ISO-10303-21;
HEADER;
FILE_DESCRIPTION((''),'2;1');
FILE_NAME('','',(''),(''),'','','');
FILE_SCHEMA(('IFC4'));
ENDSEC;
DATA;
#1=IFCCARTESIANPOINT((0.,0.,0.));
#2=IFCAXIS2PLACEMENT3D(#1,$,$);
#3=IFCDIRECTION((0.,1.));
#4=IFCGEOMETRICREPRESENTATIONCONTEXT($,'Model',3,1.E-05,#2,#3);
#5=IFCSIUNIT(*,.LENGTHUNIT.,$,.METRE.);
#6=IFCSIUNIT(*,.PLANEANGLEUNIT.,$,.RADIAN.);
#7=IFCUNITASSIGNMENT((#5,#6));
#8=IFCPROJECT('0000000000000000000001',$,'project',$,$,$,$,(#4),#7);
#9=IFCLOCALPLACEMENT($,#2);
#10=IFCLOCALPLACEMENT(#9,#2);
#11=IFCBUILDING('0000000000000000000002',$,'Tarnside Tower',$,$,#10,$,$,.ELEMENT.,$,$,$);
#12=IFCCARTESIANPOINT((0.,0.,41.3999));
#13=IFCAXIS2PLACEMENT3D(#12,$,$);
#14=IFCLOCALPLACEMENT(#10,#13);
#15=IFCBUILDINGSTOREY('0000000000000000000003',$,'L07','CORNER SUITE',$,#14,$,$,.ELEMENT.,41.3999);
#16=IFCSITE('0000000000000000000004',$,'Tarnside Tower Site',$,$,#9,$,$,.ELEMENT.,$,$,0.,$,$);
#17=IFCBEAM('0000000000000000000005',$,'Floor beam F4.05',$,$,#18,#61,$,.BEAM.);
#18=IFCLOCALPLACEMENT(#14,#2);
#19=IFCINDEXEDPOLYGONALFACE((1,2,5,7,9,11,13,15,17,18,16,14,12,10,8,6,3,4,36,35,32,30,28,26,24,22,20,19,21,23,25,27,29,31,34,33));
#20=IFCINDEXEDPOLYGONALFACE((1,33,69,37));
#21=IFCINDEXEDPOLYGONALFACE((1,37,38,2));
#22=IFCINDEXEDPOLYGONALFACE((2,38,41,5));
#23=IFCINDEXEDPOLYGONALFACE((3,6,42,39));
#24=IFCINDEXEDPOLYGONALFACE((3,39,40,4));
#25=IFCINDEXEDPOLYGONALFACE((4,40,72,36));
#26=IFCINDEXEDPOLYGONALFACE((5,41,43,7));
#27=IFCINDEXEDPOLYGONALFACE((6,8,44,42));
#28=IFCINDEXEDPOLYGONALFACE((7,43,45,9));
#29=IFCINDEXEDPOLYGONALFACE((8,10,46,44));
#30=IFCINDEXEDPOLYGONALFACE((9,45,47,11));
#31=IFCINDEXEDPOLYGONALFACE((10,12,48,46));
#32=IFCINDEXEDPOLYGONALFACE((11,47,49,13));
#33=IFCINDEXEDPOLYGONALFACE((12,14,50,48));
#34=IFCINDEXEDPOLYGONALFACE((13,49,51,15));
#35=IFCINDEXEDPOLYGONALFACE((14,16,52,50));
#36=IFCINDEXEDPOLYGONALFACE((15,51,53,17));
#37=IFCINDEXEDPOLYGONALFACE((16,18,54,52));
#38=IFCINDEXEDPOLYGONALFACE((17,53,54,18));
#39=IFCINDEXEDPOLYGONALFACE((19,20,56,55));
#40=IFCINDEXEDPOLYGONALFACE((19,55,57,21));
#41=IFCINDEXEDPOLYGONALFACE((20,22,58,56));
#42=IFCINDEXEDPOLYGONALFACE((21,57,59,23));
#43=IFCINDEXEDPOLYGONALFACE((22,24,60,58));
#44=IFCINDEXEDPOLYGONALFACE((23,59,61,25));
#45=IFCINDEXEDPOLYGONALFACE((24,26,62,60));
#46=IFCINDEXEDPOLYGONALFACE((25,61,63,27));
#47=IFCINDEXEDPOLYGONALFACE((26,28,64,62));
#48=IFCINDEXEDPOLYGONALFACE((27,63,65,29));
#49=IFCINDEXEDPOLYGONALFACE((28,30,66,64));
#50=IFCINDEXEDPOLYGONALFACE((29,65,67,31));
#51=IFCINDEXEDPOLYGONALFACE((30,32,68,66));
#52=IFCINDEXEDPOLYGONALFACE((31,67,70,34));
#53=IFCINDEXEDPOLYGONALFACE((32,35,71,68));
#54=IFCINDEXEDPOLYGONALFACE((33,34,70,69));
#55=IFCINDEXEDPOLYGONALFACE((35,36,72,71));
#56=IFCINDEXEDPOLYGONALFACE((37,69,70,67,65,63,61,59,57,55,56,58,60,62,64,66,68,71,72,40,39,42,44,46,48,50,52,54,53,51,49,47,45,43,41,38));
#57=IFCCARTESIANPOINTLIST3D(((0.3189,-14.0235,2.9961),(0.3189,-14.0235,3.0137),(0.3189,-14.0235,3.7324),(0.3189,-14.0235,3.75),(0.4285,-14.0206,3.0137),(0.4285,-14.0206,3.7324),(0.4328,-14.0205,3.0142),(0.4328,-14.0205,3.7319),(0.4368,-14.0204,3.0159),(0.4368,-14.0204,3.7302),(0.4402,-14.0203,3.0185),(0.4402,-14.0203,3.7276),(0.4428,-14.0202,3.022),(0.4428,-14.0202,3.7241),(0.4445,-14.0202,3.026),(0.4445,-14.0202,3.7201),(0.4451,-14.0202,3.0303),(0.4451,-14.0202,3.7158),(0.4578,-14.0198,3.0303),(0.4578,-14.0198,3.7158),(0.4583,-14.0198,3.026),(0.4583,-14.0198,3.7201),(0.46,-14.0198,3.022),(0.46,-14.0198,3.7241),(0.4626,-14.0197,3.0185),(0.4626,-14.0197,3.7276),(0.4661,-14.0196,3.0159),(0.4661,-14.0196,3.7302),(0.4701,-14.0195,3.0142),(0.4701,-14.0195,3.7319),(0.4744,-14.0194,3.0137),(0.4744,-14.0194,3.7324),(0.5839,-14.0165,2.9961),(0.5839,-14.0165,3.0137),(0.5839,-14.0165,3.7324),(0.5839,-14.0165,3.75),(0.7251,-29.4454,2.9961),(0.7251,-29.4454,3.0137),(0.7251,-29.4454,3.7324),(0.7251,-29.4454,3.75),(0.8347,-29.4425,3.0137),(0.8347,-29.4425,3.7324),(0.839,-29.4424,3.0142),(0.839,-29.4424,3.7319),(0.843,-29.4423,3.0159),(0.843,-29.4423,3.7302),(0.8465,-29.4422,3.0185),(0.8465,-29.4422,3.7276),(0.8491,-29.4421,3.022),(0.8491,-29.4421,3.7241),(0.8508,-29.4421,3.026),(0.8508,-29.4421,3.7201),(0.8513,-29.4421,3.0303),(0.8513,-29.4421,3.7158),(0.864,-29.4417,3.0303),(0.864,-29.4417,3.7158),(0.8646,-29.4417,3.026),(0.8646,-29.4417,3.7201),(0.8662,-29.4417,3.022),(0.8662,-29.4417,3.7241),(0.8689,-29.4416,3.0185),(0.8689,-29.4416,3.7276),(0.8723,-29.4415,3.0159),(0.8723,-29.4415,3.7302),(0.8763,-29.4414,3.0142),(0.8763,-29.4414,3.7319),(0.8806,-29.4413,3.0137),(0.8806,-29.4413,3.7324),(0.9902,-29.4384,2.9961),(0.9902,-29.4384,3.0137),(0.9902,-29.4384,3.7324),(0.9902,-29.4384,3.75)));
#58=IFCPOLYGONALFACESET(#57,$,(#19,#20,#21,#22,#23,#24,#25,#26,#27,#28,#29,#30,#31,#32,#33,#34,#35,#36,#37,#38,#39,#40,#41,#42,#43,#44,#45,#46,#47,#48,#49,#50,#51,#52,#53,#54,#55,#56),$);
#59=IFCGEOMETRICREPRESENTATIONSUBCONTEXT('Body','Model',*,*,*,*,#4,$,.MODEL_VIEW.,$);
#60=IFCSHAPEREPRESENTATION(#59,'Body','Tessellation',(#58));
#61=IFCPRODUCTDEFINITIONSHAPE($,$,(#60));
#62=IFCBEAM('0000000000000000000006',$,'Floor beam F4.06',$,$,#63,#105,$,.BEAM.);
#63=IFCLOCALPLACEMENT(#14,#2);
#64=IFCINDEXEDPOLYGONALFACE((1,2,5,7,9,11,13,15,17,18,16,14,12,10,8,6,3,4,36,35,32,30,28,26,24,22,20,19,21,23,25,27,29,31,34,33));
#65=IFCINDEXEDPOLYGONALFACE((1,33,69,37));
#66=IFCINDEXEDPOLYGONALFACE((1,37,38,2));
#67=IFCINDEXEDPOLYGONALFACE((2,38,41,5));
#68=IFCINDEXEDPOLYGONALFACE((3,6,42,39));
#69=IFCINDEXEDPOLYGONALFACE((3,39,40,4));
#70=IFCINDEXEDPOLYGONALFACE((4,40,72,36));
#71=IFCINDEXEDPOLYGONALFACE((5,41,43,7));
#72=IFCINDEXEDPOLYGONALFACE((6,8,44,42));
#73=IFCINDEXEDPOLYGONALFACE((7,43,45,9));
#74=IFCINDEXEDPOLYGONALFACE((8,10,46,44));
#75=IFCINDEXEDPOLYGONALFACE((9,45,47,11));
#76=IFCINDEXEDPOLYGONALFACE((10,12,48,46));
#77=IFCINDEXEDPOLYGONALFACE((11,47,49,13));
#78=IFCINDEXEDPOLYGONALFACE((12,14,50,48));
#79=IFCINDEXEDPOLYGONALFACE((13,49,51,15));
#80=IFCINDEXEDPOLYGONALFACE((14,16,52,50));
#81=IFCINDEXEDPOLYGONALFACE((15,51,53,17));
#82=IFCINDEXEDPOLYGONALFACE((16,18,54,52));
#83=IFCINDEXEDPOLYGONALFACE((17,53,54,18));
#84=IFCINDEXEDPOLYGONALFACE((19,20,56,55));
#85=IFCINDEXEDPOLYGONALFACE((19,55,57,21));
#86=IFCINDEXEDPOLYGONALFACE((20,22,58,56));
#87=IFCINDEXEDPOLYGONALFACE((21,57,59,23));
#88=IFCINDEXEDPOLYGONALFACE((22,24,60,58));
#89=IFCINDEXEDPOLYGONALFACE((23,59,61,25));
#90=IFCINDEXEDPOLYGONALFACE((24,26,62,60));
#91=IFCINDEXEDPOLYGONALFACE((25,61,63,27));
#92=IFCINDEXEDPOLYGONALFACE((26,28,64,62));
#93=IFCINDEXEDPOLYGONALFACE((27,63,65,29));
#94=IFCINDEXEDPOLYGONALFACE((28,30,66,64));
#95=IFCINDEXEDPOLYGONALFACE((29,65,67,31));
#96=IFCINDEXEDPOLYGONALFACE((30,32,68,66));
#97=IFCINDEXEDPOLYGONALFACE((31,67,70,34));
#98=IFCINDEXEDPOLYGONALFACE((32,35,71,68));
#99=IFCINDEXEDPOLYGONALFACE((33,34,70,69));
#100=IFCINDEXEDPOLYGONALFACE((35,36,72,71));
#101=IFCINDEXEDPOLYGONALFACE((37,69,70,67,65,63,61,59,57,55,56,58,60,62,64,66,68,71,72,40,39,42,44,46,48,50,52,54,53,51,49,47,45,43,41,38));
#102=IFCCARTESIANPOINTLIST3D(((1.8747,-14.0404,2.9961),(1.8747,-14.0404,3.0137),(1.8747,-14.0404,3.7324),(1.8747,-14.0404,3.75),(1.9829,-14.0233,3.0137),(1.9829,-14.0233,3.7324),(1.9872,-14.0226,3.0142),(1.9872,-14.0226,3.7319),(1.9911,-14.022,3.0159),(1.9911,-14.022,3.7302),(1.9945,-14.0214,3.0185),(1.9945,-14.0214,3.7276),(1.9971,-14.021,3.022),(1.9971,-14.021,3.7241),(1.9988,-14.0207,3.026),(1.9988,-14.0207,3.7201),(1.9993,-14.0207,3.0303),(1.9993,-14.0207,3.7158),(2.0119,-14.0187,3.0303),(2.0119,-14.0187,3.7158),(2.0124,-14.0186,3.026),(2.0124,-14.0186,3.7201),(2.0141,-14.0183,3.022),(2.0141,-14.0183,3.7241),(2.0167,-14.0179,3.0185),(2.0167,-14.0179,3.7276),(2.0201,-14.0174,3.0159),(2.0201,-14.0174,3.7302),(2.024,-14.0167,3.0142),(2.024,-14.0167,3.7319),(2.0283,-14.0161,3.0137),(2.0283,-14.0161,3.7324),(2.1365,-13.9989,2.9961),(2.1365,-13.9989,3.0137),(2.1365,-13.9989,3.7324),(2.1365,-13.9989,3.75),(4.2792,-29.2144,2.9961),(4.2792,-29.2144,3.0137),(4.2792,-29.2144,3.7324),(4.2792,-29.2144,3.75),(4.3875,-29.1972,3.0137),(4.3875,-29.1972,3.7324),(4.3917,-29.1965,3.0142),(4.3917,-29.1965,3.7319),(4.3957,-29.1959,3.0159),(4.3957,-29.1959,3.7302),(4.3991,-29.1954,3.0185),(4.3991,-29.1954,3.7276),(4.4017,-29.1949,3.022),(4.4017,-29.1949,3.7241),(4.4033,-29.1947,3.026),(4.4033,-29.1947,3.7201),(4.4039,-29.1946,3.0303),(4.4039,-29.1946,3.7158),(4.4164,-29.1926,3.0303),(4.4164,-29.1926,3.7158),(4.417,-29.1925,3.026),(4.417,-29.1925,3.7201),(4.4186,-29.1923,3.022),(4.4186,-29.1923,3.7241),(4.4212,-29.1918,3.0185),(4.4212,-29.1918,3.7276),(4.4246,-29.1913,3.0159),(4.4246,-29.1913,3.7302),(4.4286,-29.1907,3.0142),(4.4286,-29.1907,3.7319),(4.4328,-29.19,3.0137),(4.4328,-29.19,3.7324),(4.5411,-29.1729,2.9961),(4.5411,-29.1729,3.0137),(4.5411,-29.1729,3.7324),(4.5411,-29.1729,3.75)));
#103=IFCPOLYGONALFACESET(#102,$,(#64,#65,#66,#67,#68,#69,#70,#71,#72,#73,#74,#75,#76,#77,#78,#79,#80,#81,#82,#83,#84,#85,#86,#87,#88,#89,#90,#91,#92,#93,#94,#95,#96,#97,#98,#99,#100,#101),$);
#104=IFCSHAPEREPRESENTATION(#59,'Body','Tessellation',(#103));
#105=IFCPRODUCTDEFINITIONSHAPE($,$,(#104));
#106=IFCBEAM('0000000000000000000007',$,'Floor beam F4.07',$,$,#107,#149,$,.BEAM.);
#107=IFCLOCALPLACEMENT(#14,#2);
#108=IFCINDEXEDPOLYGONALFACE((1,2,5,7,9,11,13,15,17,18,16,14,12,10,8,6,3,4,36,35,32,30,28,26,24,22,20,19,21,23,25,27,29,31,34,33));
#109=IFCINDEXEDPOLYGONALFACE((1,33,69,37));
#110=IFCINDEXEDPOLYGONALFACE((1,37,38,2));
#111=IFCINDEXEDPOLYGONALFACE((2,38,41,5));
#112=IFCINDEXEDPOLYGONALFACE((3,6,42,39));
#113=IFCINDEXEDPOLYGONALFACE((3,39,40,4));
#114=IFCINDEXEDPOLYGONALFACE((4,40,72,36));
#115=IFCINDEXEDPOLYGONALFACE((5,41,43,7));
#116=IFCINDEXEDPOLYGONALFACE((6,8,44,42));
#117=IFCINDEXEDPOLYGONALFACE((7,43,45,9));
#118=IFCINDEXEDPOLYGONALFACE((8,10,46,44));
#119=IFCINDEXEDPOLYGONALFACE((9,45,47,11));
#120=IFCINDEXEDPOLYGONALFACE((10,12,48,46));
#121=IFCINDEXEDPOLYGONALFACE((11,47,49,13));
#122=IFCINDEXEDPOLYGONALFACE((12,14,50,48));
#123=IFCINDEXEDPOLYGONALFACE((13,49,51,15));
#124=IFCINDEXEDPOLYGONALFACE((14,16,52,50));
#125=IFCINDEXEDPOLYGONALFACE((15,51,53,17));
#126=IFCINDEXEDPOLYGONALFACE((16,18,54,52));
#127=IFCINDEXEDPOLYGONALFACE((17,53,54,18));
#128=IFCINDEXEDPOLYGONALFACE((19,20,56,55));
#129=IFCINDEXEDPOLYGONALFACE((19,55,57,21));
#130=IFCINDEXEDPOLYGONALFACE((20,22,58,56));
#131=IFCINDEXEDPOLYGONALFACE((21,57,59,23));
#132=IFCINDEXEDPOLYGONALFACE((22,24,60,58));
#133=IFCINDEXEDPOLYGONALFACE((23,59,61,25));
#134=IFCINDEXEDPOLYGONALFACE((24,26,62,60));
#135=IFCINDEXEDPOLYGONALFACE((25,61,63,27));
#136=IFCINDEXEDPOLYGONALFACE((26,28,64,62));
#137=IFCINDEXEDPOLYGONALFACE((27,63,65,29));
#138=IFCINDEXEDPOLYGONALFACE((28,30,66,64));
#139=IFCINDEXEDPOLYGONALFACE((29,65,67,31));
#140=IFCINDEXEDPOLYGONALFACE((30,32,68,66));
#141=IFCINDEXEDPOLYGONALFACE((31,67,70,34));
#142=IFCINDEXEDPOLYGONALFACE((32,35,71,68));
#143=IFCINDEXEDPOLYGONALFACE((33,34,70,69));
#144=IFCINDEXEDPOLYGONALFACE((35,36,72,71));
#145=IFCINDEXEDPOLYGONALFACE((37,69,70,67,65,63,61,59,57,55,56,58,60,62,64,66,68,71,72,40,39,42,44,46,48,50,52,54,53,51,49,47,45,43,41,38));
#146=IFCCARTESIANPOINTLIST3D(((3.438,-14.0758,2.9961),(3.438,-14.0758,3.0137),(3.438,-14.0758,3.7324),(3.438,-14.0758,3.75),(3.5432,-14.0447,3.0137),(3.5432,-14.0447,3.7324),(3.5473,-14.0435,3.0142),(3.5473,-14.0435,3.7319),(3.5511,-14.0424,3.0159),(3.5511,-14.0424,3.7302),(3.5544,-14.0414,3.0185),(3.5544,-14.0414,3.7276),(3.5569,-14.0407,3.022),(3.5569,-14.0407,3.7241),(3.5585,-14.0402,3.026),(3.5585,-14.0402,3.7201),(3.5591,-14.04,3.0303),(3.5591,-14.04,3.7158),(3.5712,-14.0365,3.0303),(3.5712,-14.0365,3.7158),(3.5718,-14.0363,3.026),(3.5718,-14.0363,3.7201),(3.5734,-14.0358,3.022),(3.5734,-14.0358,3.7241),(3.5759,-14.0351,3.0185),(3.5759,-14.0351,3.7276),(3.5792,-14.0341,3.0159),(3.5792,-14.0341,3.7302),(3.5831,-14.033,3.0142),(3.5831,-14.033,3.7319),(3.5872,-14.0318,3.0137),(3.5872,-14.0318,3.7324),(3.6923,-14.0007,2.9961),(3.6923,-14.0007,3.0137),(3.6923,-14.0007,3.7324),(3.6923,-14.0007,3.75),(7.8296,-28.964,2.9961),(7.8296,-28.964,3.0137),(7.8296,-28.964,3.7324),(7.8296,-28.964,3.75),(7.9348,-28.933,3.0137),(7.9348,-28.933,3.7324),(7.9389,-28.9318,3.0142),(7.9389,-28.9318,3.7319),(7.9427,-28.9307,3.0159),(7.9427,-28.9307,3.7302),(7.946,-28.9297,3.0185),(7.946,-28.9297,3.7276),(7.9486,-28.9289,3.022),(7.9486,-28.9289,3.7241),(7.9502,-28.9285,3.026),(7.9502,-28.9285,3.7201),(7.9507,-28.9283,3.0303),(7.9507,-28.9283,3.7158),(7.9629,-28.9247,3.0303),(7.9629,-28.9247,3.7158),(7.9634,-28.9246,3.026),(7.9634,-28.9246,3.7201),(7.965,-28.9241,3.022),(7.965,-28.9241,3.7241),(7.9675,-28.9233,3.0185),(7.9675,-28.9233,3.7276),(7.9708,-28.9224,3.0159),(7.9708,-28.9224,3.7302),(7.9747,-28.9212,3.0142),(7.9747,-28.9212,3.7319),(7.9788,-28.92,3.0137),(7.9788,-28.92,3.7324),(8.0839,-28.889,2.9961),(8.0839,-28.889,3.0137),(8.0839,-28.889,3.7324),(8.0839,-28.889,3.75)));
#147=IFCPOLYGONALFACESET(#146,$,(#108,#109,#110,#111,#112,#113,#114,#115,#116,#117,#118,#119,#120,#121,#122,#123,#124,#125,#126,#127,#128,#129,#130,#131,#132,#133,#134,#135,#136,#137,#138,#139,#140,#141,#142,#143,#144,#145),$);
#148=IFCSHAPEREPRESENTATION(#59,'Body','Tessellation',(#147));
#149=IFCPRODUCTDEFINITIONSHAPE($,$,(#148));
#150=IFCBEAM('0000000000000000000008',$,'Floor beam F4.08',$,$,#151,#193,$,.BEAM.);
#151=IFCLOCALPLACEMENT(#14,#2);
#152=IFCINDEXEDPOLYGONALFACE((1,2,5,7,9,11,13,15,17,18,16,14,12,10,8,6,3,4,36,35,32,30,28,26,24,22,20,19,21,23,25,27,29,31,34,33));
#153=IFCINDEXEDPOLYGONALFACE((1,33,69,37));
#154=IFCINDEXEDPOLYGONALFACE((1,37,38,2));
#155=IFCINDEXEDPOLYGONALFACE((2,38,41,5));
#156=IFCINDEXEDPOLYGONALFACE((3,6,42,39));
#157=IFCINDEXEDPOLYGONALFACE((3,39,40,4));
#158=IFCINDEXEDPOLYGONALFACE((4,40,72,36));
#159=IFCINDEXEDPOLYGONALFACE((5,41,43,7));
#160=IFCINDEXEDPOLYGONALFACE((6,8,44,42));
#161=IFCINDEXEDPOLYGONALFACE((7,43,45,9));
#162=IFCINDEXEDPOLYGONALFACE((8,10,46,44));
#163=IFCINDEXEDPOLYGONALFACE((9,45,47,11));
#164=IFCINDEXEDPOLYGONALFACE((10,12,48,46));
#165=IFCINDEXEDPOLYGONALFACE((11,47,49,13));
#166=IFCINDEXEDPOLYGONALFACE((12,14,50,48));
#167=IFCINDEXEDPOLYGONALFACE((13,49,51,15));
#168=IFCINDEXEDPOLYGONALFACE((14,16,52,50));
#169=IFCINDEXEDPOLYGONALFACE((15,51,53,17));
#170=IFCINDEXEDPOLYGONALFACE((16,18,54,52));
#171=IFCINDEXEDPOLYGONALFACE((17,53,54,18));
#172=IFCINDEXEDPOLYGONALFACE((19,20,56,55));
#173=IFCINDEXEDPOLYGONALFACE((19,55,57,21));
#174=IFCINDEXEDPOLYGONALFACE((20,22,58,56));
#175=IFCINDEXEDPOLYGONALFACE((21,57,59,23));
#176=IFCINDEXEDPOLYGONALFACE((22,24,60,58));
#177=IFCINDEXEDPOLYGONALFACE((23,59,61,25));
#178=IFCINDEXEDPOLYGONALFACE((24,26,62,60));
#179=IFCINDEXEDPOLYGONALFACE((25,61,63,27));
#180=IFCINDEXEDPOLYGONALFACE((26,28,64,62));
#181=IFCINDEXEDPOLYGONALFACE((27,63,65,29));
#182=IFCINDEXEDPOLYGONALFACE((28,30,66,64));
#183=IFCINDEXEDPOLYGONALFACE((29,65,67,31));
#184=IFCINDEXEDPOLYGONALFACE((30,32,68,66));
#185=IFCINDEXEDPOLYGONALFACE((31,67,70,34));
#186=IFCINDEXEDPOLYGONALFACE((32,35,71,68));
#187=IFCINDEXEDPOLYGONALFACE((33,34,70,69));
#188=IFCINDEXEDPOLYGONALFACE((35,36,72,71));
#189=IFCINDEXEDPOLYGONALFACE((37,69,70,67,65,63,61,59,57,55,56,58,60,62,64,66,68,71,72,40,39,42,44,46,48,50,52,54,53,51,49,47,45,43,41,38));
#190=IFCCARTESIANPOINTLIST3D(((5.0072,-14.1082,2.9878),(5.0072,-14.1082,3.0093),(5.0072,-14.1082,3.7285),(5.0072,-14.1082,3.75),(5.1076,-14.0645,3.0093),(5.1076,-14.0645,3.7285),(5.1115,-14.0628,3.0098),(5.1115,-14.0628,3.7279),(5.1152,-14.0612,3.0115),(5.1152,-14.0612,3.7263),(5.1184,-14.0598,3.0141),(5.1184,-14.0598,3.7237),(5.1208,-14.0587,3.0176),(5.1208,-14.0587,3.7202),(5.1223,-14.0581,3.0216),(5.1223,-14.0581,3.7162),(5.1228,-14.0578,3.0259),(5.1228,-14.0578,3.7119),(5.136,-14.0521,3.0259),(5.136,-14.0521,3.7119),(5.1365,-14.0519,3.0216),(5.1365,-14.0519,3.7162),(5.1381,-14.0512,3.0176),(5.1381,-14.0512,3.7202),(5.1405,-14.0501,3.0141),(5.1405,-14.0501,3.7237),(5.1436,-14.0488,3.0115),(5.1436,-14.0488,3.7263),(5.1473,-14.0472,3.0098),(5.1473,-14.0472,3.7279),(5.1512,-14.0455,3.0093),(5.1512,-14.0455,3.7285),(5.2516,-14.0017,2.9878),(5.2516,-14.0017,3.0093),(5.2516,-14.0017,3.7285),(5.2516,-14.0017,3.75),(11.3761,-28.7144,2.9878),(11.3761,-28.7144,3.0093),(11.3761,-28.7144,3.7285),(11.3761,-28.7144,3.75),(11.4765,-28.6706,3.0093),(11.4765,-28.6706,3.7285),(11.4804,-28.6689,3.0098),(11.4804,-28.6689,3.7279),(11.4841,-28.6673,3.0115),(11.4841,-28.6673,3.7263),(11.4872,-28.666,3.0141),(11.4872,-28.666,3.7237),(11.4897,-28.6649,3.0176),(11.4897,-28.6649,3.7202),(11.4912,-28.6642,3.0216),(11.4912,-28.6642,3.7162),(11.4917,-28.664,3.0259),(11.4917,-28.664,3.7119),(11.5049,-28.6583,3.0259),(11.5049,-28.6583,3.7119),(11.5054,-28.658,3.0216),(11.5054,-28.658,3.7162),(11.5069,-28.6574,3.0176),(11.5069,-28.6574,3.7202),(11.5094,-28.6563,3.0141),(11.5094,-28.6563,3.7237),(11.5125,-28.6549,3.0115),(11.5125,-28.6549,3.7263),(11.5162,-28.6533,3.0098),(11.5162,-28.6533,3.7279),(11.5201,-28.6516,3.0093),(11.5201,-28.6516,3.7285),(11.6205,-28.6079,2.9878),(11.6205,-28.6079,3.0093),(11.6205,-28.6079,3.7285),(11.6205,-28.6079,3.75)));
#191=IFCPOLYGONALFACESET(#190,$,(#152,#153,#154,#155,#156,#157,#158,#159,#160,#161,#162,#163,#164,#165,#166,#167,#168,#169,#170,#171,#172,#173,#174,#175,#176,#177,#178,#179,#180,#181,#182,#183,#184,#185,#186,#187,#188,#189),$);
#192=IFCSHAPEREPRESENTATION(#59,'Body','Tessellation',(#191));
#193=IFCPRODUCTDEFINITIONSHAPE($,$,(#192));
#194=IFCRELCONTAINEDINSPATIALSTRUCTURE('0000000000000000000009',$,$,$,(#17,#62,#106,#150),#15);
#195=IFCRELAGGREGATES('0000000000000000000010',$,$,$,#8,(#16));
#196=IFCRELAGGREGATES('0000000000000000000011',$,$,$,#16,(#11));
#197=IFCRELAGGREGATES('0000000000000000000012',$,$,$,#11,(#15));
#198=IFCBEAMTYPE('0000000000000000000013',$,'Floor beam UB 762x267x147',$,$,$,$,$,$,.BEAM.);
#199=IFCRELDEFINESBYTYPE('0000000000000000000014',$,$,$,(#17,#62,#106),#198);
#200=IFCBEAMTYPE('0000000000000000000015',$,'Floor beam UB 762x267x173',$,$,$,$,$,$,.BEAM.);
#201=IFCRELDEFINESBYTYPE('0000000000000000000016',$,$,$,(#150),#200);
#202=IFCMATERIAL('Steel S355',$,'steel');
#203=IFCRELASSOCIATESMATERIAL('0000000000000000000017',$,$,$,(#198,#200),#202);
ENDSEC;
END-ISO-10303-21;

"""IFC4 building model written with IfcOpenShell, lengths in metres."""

from ifc_helpers import new_model, si_unit, direction, frame, origin, origin_2d, place, context, subcontext, project, spatial, i_section, extrude, material, material_profile, profile_set, type_object, element, save


model = new_model("IFC4")

# Units and contexts
model_context = context("Model", 3, precision=1e-05, world=origin(), true_north=direction((0.0, 1.0)))
body_context = subcontext(model_context, "Body", "Model", "MODEL_VIEW")
ifc_project = project(units=[si_unit("LENGTHUNIT", "METRE"), si_unit("PLANEANGLEUNIT", "RADIAN")], contexts=[model_context])

# Site, building, storey
site_placement = place(None, origin())
site = spatial("IfcSite", under=ifc_project, at=site_placement, Name="Tarnside Tower Site", CompositionType="ELEMENT", RefElevation=0.0)
building_placement = place(site_placement, origin())
building = spatial("IfcBuilding", under=site, at=building_placement, Name="Tarnside Tower", CompositionType="ELEMENT")
storey_placement = place(building_placement, frame((0.0, 0.0, 41.3999)))
storey = spatial("IfcBuildingStorey", under=building, at=storey_placement, Name="L07", Description="CORNER SUITE", CompositionType="ELEMENT", Elevation=41.3999)

# Beams
ifc_material_1 = material(Name="Steel S355", Category="steel")
ifc_material_profile_1 = material_profile(ifc_material_1, i_section(OverallWidth=0.2651, OverallDepth=0.7539, WebThickness=0.0127, FlangeThickness=0.0176, FilletRadius=0.0166, at=origin_2d()), Name="UB 762x267x147")
ifc_profile_set_1 = profile_set([ifc_material_profile_1], Name="Steel S355")
beam_type_1 = type_object("IfcBeamType", Name="Floor beam UB 762x267x147", PredefinedType="BEAM", material=ifc_profile_set_1)
beam_1_placement = place(storey_placement, frame((0.8577, -29.4419, 3.373), z_axis=(-0.026333, 0.999653, 0.0), x_axis=(-0.999653, -0.026333, 0.0)))
element("IfcBeam", 1, at=beam_1_placement, inside=storey, type_object=beam_type_1, Name="Floor beam F4.05", PredefinedType="BEAM", context=body_context, shape_type="SweptSolid", body=[
    extrude(i_section(OverallWidth=0.2651, OverallDepth=0.7539, WebThickness=0.0127, FlangeThickness=0.0176, FilletRadius=0.0166, at=origin_2d()), origin(), (0.0, 0.0, 1.0), 15.4272),
])
beam_2_placement = place(storey_placement, frame((4.4102, -29.1936, 3.373), z_axis=(-0.156513, 0.987676, 0.0), x_axis=(-0.987676, -0.156513, 0.0)))
element("IfcBeam", 2, at=beam_2_placement, inside=storey, type_object=beam_type_1, Name="Floor beam F4.06", PredefinedType="BEAM", context=body_context, shape_type="SweptSolid", body=[
    extrude(i_section(OverallWidth=0.2651, OverallDepth=0.7539, WebThickness=0.0127, FlangeThickness=0.0176, FilletRadius=0.0166, at=origin_2d()), origin(), (0.0, 0.0, 1.0), 15.3633),
])
beam_3_placement = place(storey_placement, frame((7.9568, -28.9265, 3.373), z_axis=(-0.282921, 0.959143, 0.0), x_axis=(-0.959143, -0.282921, 0.0)))
element("IfcBeam", 3, at=beam_3_placement, inside=storey, type_object=beam_type_1, Name="Floor beam F4.07", PredefinedType="BEAM", context=body_context, shape_type="SweptSolid", body=[
    extrude(i_section(OverallWidth=0.2651, OverallDepth=0.7539, WebThickness=0.0127, FlangeThickness=0.0176, FilletRadius=0.0166, at=origin_2d()), origin(), (0.0, 0.0, 1.0), 15.5225),
])
ifc_material_profile_2 = material_profile(ifc_material_1, i_section(OverallWidth=0.2666, OverallDepth=0.7622, WebThickness=0.0144, FlangeThickness=0.0215, FilletRadius=0.0166, at=origin_2d()), Name="UB 762x267x173")
ifc_profile_set_2 = profile_set([ifc_material_profile_2], Name="Steel S355")
beam_type_2 = type_object("IfcBeamType", Name="Floor beam UB 762x267x173", PredefinedType="BEAM", material=ifc_profile_set_2)
beam_4_placement = place(storey_placement, frame((11.4983, -28.6611, 3.3689), z_axis=(-0.399696, 0.916648, 0.0), x_axis=(-0.916648, -0.399696, 0.0)))
element("IfcBeam", 4, at=beam_4_placement, inside=storey, type_object=beam_type_2, Name="Floor beam F4.08", PredefinedType="BEAM", context=body_context, shape_type="SweptSolid", body=[
    extrude(i_section(OverallWidth=0.2666, OverallDepth=0.7622, WebThickness=0.0144, FlangeThickness=0.0215, FilletRadius=0.0166, at=origin_2d()), origin(), (0.0, 0.0, 1.0), 15.9343),
])

save(model, "model.ifc")
